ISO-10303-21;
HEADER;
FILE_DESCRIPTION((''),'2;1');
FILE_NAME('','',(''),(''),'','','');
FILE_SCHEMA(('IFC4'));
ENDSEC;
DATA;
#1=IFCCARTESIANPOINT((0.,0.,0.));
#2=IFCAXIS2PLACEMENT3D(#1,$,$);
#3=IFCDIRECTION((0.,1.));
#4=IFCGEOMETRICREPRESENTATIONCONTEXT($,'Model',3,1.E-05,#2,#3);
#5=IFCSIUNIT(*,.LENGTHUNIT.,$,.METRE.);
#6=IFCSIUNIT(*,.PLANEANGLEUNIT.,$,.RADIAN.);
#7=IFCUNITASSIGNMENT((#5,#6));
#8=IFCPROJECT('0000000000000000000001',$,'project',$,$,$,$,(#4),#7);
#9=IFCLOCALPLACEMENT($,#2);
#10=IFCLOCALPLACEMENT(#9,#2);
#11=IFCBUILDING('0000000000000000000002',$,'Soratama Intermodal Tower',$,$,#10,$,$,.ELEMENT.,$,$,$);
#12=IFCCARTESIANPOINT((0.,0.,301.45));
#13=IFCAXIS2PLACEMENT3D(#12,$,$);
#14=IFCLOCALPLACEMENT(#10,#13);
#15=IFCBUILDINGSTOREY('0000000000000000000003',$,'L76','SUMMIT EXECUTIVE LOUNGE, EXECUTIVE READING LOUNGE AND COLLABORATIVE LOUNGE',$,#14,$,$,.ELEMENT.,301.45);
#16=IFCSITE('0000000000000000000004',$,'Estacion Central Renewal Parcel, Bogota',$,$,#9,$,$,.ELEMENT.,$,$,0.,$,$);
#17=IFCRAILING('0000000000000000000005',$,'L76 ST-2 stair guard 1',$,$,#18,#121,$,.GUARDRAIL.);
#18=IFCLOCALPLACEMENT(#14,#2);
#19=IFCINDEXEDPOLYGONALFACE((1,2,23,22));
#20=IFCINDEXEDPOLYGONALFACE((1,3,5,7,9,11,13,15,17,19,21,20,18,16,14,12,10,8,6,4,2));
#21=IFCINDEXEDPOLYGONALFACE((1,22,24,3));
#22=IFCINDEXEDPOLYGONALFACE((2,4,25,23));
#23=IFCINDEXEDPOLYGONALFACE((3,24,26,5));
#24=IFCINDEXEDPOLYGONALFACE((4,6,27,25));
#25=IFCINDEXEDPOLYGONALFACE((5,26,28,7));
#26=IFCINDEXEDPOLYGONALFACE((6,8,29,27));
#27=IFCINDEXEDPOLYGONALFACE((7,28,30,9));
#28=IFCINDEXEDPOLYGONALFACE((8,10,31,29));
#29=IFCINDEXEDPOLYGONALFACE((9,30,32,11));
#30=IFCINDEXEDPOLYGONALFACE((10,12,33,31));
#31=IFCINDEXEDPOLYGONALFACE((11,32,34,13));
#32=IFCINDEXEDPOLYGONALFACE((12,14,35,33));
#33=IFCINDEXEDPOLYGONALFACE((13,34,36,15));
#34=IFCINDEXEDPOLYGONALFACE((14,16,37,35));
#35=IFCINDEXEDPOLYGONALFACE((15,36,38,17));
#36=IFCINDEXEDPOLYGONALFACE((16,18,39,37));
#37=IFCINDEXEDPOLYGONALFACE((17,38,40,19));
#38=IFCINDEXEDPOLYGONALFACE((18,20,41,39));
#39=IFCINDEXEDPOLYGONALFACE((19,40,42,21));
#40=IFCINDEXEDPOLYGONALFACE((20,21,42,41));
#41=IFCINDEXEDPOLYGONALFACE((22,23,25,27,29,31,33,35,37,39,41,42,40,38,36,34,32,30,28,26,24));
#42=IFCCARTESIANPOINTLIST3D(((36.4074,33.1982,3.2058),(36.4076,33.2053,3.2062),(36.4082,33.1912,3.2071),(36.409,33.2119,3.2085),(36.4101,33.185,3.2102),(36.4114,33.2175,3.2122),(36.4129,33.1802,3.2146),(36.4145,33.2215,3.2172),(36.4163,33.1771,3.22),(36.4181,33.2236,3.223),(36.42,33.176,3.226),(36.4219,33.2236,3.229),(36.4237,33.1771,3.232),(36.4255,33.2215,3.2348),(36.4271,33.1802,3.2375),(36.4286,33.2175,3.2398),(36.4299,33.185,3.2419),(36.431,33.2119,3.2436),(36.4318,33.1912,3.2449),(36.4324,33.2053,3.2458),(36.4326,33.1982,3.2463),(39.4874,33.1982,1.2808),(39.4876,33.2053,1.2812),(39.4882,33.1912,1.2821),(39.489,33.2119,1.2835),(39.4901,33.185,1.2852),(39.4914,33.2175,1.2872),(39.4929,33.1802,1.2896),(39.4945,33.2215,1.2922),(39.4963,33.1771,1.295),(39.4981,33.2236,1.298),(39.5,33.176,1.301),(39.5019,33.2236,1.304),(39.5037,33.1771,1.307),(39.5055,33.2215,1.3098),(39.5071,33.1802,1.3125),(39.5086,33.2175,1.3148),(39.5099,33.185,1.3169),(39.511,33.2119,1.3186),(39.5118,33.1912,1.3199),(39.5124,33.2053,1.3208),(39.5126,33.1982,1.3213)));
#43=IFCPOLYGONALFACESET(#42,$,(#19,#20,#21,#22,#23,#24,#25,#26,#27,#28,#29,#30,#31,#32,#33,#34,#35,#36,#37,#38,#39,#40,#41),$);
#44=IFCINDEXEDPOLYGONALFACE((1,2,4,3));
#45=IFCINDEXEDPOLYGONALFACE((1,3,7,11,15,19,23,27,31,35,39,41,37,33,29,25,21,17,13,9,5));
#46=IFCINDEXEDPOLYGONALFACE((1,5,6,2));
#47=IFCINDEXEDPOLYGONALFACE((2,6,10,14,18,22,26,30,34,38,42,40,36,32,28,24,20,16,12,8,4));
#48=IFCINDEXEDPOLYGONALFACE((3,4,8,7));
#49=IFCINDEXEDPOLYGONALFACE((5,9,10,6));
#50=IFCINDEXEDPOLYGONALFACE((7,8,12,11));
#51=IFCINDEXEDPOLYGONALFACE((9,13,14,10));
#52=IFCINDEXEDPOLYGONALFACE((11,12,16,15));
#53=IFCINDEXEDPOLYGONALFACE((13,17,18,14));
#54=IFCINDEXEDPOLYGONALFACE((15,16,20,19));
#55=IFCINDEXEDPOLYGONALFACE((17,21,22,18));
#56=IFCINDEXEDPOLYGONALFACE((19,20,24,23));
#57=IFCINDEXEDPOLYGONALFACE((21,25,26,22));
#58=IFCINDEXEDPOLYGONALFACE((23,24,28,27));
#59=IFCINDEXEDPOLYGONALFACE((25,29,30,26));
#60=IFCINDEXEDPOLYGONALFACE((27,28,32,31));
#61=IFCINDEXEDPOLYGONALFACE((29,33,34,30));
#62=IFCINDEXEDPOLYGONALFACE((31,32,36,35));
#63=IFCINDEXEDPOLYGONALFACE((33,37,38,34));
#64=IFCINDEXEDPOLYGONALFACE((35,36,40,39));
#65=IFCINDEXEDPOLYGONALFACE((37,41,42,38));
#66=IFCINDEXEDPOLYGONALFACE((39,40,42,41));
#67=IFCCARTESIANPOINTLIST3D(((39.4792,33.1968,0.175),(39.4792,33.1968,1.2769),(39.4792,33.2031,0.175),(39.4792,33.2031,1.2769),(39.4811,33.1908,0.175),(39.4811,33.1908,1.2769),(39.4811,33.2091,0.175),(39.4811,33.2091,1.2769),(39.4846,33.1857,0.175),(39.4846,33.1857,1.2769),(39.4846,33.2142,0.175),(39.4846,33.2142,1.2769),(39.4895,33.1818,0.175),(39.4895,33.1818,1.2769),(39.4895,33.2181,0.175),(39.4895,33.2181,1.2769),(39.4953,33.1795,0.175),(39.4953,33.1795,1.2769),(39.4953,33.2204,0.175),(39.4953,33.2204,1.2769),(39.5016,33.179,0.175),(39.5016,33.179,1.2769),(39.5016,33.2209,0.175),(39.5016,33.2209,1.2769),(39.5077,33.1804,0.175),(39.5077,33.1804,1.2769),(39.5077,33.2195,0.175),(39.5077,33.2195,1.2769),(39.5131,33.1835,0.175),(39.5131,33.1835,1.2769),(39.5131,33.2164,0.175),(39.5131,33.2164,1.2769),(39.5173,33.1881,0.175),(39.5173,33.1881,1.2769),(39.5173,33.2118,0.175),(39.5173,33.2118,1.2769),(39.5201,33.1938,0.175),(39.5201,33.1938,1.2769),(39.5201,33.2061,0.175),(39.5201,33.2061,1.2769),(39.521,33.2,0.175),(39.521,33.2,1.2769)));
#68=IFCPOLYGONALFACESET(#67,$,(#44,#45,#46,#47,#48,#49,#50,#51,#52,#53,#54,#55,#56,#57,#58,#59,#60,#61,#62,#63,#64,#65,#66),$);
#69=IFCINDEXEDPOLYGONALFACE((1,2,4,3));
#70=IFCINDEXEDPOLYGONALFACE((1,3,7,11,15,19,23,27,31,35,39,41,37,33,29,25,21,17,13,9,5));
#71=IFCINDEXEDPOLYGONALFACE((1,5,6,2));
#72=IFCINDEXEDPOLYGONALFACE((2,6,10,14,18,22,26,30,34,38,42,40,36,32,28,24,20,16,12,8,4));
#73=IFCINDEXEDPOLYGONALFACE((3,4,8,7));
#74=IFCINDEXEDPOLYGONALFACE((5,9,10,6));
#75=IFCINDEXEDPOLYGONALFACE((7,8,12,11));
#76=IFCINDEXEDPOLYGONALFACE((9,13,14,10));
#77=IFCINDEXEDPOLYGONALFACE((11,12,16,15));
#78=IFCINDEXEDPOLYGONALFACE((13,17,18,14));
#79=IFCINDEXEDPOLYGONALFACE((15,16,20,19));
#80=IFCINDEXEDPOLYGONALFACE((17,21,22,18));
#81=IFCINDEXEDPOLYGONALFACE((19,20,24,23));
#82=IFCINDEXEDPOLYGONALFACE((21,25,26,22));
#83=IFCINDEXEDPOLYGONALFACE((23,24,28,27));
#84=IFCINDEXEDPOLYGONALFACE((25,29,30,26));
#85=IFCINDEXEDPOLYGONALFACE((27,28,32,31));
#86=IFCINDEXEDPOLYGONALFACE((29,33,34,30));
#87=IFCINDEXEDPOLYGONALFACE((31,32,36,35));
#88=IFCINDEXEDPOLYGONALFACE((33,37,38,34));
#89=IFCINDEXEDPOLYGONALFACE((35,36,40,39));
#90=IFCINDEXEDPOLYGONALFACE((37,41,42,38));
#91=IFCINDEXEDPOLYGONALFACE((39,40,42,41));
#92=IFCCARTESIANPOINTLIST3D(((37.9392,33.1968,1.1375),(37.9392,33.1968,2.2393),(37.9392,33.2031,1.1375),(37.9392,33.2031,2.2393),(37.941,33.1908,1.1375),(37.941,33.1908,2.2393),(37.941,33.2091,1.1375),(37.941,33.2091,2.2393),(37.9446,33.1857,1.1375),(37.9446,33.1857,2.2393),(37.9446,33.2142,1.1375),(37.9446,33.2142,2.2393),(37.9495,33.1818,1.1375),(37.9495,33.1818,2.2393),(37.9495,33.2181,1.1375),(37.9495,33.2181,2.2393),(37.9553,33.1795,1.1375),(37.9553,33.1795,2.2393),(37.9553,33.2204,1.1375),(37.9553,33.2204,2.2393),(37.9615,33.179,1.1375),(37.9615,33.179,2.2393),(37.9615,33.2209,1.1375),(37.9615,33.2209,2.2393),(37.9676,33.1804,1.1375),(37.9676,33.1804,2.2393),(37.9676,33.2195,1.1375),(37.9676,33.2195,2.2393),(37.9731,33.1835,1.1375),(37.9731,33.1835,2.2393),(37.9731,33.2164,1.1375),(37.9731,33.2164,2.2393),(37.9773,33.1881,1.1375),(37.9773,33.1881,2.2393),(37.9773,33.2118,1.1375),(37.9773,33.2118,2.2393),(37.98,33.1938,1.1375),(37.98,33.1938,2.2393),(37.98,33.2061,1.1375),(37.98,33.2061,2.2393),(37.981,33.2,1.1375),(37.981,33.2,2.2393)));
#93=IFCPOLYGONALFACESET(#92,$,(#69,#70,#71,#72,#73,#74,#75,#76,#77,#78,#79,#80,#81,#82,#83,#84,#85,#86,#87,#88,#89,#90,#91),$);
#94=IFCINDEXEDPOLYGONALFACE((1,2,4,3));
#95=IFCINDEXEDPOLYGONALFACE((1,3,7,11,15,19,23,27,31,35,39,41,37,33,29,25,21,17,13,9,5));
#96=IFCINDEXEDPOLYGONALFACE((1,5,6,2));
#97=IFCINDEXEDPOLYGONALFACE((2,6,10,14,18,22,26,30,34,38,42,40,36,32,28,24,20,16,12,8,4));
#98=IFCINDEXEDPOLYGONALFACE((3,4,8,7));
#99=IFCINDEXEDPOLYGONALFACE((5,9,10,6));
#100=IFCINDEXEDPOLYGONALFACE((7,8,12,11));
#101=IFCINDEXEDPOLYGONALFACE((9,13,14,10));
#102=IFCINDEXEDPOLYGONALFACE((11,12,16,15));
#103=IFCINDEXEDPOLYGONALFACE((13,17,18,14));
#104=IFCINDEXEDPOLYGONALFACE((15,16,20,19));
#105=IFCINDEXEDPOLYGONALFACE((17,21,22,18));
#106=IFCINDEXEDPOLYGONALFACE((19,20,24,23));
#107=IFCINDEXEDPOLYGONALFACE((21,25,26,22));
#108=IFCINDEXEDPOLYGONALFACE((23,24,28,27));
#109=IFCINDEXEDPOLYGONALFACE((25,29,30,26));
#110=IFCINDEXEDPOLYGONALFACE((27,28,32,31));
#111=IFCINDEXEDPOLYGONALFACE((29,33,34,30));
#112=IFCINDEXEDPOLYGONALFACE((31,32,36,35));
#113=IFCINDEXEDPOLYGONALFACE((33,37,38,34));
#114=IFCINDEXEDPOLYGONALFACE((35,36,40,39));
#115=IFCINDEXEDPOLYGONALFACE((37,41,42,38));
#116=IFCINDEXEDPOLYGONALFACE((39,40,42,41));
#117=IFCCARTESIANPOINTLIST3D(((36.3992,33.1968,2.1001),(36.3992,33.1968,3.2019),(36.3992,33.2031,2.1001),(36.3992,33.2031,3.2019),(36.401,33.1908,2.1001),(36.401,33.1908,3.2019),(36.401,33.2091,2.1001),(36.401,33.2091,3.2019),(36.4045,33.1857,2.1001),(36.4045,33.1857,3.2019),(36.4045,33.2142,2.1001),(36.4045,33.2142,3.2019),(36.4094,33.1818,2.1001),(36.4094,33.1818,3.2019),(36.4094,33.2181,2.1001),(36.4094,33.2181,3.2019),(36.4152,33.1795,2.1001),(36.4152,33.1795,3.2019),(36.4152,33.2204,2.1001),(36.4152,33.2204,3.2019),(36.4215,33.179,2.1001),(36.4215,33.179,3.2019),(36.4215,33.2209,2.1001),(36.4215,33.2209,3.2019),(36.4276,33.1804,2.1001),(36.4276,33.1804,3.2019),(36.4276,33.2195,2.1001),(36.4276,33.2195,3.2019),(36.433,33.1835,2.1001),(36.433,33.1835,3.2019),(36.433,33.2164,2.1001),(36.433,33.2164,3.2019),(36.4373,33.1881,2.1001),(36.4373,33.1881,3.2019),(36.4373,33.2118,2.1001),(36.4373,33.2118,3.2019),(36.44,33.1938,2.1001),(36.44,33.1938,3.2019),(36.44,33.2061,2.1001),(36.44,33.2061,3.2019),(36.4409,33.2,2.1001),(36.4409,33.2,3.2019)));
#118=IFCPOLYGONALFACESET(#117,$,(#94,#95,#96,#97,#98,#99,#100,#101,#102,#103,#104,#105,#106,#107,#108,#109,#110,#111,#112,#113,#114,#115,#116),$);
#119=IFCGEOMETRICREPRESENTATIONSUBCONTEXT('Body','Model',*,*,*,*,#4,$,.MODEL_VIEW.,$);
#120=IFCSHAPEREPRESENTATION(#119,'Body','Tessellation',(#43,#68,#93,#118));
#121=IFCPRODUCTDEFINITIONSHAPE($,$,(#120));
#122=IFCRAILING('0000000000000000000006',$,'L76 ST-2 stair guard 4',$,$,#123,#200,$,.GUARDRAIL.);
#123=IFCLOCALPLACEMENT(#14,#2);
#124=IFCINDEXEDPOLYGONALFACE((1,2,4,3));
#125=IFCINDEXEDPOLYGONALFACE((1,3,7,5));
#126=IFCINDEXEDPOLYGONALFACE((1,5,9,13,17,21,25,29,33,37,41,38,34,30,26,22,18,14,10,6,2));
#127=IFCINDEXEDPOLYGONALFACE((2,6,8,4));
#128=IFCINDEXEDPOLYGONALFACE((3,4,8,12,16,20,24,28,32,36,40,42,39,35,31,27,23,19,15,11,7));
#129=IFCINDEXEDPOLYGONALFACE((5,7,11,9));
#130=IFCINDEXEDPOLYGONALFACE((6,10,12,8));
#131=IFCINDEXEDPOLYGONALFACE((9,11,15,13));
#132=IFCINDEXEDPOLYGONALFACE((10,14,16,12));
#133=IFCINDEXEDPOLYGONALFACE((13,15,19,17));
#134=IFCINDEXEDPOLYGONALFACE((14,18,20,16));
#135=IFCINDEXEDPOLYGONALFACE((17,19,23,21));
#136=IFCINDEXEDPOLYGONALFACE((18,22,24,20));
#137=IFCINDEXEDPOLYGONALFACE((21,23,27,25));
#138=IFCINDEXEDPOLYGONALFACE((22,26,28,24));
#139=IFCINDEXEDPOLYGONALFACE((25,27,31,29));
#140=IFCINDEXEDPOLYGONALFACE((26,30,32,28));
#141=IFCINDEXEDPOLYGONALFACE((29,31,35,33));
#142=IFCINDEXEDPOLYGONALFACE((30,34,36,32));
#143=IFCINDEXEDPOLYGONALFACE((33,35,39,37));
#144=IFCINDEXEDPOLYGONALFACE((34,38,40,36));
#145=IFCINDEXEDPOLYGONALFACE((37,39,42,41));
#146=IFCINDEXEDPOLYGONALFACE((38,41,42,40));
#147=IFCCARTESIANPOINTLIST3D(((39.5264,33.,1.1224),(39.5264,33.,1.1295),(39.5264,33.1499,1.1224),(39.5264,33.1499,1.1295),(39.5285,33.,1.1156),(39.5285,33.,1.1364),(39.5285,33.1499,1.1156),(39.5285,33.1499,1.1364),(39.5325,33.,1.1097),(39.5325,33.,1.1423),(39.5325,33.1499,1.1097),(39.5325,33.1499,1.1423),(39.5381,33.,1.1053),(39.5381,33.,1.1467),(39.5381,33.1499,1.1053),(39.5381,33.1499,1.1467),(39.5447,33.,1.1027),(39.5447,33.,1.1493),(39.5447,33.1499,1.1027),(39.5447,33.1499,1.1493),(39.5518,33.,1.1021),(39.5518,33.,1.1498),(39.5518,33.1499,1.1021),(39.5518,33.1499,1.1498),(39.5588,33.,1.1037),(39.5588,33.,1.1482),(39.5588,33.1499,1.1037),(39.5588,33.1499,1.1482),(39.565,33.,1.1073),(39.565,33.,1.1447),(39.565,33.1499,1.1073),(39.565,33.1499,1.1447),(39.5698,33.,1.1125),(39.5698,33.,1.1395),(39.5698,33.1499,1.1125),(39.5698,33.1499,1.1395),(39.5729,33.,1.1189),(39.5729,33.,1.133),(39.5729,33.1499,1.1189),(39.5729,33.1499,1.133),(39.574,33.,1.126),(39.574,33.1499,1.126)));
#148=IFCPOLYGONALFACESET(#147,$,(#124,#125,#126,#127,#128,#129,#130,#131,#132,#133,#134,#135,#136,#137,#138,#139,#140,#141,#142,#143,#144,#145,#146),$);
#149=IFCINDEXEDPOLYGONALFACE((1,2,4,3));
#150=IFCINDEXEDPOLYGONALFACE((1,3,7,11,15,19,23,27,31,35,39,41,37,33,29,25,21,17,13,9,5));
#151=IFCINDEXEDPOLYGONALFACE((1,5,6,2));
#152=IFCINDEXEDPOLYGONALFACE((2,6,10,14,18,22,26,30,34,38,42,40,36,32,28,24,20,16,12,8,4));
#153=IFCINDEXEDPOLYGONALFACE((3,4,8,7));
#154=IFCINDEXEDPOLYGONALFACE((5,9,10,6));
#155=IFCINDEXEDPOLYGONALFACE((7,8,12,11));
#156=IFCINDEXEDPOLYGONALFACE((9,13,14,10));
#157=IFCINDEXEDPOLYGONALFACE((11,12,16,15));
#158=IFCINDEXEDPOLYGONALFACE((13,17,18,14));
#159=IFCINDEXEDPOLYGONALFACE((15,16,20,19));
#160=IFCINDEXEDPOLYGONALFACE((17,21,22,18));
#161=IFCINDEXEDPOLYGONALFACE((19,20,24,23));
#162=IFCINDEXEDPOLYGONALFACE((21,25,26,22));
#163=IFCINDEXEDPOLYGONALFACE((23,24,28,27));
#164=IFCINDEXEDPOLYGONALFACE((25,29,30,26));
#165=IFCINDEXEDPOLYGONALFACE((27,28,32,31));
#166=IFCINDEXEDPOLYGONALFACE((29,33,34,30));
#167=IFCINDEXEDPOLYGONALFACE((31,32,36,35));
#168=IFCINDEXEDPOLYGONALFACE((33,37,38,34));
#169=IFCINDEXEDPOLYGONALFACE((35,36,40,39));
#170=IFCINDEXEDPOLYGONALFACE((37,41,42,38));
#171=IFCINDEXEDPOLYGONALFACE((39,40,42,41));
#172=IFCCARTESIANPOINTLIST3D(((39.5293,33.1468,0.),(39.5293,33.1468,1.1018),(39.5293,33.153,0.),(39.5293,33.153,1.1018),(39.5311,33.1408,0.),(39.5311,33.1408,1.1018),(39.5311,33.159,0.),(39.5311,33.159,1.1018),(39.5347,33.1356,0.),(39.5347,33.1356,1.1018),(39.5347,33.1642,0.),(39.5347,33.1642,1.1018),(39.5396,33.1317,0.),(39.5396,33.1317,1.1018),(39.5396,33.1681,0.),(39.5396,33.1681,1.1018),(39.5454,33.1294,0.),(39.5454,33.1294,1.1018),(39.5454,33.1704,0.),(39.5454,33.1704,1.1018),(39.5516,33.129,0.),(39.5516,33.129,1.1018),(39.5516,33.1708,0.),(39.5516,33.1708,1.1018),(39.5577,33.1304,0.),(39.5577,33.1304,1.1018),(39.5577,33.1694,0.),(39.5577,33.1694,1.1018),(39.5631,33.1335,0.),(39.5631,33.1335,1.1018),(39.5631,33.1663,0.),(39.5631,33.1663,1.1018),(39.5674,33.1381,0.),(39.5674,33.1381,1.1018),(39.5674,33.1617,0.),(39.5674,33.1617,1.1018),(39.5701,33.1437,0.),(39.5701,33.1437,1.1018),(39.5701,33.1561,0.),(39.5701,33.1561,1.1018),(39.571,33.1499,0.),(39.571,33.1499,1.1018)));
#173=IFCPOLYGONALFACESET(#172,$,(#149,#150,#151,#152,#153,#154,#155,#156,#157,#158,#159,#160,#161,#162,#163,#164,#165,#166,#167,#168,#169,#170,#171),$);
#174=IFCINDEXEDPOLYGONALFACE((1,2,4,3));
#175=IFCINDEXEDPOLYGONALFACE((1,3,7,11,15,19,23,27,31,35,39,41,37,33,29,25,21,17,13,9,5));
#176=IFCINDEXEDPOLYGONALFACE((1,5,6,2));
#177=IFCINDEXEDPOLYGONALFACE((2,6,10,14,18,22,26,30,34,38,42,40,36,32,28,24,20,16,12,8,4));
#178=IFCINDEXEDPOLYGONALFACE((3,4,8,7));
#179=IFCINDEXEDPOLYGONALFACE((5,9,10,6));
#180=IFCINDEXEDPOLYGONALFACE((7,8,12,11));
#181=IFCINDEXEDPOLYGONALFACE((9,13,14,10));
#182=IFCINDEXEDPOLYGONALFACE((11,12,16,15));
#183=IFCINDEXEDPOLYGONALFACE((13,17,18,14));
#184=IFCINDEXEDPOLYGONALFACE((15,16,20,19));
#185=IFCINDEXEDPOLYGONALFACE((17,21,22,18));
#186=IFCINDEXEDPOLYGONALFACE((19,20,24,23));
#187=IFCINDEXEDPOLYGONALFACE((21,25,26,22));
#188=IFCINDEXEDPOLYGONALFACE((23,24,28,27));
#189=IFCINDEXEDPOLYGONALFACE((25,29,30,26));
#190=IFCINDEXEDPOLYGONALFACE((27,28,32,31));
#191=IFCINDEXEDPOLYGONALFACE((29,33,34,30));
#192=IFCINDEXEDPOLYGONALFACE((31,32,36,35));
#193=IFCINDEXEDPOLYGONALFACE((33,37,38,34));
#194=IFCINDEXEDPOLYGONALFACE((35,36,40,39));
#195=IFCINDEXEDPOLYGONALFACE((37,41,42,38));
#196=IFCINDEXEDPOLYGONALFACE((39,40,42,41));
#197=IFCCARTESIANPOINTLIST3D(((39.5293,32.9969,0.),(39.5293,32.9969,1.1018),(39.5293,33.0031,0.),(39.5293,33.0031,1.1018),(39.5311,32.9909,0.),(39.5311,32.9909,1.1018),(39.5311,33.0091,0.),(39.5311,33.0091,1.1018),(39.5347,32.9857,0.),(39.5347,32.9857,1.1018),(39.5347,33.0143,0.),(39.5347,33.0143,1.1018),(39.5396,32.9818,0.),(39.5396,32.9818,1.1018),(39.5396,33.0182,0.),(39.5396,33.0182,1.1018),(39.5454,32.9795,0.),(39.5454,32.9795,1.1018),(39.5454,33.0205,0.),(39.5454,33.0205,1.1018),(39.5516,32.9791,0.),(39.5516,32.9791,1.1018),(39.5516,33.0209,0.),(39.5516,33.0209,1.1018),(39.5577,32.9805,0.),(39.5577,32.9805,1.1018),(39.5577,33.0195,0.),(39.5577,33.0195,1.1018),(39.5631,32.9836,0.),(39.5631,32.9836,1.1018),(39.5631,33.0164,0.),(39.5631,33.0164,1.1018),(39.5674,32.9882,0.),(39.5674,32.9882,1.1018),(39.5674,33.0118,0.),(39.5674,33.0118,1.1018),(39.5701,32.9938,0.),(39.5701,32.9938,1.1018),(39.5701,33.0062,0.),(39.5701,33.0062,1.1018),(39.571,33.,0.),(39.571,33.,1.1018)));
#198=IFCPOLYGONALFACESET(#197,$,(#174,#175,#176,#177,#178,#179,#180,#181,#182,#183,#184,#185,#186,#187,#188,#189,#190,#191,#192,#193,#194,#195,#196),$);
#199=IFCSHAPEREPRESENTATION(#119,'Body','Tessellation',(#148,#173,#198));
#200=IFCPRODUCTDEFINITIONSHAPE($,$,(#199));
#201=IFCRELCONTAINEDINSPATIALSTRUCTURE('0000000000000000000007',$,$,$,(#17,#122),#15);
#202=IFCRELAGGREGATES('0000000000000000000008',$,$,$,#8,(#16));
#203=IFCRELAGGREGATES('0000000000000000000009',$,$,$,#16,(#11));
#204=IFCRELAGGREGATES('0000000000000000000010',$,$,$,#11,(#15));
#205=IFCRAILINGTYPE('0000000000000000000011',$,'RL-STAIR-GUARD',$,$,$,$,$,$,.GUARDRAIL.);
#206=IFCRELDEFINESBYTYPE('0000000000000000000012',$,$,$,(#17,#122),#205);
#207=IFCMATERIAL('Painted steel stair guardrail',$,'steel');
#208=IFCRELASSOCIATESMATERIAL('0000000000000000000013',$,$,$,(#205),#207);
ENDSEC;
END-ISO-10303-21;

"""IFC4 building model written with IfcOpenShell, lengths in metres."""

from ifc_helpers import new_model, si_unit, direction, frame, origin, origin_2d, place, context, subcontext, project, spatial, circle, extrude, material, type_object, element, save


model = new_model("IFC4")

# Units and contexts
model_context = context("Model", 3, precision=1e-05, world=origin(), true_north=direction((0.0, 1.0)))
body_context = subcontext(model_context, "Body", "Model", "MODEL_VIEW")
ifc_project = project(units=[si_unit("LENGTHUNIT", "METRE"), si_unit("PLANEANGLEUNIT", "RADIAN")], contexts=[model_context])

# Site, building, storey
site_placement = place(None, origin())
site = spatial("IfcSite", under=ifc_project, at=site_placement, Name="Estacion Central Renewal Parcel, Bogota", CompositionType="ELEMENT", RefElevation=0.0)
building_placement = place(site_placement, origin())
building = spatial("IfcBuilding", under=site, at=building_placement, Name="Soratama Intermodal Tower", CompositionType="ELEMENT")
storey_placement = place(building_placement, frame((0.0, 0.0, 301.45)))
storey = spatial("IfcBuildingStorey", under=building, at=storey_placement, Name="L76", Description="SUMMIT EXECUTIVE LOUNGE, EXECUTIVE READING LOUNGE AND COLLABORATIVE LOUNGE", CompositionType="ELEMENT", Elevation=301.45)

# Railings
ifc_material_1 = material(Name="Painted steel stair guardrail", Category="steel")
railing_type_1 = type_object("IfcRailingType", Name="RL-STAIR-GUARD", PredefinedType="GUARDRAIL", material=ifc_material_1)
railing_1_placement = place(storey_placement, frame((39.5, 33.2, 0.175)))
element("IfcRailing", 1, at=railing_1_placement, inside=storey, type_object=railing_type_1, Name="L76 ST-2 stair guard 1", PredefinedType="GUARDRAIL", context=body_context, shape_type="SweptSolid", body=[
    extrude(circle(Radius=0.0239, at=origin_2d()), frame((0.0, 0.0, 1.126), z_axis=(-0.847998, 0.0, 0.529999), x_axis=(0.0, -1.0, 0.0)), (0.0, 0.0, 1.0), 3.6321),
    extrude(circle(Radius=0.021, at=origin_2d()), origin(), (0.0, 0.0, 1.0), 1.1018),
    extrude(circle(Radius=0.021, at=origin_2d()), frame((-1.54, 0.0, 0.9624)), (0.0, 0.0, 1.0), 1.1018),
    extrude(circle(Radius=0.021, at=origin_2d()), frame((-3.0801, 0.0, 1.925)), (0.0, 0.0, 1.0), 1.1018),
])
railing_2_placement = place(storey_placement, frame((39.55, 33.1499, 0.0)))
element("IfcRailing", 2, at=railing_2_placement, inside=storey, type_object=railing_type_1, Name="L76 ST-2 stair guard 4", PredefinedType="GUARDRAIL", context=body_context, shape_type="SweptSolid", body=[
    extrude(circle(Radius=0.0239, at=origin_2d()), frame((0.0, 0.0, 1.126), z_axis=(0.0, -1.0, 0.0), x_axis=(1.0, 0.0, 0.0)), (0.0, 0.0, 1.0), 0.1499),
    extrude(circle(Radius=0.021, at=origin_2d()), origin(), (0.0, 0.0, 1.0), 1.1018),
    extrude(circle(Radius=0.021, at=origin_2d()), frame((0.0, -0.1499, 0.0)), (0.0, 0.0, 1.0), 1.1018),
])

save(model, "model.ifc")
